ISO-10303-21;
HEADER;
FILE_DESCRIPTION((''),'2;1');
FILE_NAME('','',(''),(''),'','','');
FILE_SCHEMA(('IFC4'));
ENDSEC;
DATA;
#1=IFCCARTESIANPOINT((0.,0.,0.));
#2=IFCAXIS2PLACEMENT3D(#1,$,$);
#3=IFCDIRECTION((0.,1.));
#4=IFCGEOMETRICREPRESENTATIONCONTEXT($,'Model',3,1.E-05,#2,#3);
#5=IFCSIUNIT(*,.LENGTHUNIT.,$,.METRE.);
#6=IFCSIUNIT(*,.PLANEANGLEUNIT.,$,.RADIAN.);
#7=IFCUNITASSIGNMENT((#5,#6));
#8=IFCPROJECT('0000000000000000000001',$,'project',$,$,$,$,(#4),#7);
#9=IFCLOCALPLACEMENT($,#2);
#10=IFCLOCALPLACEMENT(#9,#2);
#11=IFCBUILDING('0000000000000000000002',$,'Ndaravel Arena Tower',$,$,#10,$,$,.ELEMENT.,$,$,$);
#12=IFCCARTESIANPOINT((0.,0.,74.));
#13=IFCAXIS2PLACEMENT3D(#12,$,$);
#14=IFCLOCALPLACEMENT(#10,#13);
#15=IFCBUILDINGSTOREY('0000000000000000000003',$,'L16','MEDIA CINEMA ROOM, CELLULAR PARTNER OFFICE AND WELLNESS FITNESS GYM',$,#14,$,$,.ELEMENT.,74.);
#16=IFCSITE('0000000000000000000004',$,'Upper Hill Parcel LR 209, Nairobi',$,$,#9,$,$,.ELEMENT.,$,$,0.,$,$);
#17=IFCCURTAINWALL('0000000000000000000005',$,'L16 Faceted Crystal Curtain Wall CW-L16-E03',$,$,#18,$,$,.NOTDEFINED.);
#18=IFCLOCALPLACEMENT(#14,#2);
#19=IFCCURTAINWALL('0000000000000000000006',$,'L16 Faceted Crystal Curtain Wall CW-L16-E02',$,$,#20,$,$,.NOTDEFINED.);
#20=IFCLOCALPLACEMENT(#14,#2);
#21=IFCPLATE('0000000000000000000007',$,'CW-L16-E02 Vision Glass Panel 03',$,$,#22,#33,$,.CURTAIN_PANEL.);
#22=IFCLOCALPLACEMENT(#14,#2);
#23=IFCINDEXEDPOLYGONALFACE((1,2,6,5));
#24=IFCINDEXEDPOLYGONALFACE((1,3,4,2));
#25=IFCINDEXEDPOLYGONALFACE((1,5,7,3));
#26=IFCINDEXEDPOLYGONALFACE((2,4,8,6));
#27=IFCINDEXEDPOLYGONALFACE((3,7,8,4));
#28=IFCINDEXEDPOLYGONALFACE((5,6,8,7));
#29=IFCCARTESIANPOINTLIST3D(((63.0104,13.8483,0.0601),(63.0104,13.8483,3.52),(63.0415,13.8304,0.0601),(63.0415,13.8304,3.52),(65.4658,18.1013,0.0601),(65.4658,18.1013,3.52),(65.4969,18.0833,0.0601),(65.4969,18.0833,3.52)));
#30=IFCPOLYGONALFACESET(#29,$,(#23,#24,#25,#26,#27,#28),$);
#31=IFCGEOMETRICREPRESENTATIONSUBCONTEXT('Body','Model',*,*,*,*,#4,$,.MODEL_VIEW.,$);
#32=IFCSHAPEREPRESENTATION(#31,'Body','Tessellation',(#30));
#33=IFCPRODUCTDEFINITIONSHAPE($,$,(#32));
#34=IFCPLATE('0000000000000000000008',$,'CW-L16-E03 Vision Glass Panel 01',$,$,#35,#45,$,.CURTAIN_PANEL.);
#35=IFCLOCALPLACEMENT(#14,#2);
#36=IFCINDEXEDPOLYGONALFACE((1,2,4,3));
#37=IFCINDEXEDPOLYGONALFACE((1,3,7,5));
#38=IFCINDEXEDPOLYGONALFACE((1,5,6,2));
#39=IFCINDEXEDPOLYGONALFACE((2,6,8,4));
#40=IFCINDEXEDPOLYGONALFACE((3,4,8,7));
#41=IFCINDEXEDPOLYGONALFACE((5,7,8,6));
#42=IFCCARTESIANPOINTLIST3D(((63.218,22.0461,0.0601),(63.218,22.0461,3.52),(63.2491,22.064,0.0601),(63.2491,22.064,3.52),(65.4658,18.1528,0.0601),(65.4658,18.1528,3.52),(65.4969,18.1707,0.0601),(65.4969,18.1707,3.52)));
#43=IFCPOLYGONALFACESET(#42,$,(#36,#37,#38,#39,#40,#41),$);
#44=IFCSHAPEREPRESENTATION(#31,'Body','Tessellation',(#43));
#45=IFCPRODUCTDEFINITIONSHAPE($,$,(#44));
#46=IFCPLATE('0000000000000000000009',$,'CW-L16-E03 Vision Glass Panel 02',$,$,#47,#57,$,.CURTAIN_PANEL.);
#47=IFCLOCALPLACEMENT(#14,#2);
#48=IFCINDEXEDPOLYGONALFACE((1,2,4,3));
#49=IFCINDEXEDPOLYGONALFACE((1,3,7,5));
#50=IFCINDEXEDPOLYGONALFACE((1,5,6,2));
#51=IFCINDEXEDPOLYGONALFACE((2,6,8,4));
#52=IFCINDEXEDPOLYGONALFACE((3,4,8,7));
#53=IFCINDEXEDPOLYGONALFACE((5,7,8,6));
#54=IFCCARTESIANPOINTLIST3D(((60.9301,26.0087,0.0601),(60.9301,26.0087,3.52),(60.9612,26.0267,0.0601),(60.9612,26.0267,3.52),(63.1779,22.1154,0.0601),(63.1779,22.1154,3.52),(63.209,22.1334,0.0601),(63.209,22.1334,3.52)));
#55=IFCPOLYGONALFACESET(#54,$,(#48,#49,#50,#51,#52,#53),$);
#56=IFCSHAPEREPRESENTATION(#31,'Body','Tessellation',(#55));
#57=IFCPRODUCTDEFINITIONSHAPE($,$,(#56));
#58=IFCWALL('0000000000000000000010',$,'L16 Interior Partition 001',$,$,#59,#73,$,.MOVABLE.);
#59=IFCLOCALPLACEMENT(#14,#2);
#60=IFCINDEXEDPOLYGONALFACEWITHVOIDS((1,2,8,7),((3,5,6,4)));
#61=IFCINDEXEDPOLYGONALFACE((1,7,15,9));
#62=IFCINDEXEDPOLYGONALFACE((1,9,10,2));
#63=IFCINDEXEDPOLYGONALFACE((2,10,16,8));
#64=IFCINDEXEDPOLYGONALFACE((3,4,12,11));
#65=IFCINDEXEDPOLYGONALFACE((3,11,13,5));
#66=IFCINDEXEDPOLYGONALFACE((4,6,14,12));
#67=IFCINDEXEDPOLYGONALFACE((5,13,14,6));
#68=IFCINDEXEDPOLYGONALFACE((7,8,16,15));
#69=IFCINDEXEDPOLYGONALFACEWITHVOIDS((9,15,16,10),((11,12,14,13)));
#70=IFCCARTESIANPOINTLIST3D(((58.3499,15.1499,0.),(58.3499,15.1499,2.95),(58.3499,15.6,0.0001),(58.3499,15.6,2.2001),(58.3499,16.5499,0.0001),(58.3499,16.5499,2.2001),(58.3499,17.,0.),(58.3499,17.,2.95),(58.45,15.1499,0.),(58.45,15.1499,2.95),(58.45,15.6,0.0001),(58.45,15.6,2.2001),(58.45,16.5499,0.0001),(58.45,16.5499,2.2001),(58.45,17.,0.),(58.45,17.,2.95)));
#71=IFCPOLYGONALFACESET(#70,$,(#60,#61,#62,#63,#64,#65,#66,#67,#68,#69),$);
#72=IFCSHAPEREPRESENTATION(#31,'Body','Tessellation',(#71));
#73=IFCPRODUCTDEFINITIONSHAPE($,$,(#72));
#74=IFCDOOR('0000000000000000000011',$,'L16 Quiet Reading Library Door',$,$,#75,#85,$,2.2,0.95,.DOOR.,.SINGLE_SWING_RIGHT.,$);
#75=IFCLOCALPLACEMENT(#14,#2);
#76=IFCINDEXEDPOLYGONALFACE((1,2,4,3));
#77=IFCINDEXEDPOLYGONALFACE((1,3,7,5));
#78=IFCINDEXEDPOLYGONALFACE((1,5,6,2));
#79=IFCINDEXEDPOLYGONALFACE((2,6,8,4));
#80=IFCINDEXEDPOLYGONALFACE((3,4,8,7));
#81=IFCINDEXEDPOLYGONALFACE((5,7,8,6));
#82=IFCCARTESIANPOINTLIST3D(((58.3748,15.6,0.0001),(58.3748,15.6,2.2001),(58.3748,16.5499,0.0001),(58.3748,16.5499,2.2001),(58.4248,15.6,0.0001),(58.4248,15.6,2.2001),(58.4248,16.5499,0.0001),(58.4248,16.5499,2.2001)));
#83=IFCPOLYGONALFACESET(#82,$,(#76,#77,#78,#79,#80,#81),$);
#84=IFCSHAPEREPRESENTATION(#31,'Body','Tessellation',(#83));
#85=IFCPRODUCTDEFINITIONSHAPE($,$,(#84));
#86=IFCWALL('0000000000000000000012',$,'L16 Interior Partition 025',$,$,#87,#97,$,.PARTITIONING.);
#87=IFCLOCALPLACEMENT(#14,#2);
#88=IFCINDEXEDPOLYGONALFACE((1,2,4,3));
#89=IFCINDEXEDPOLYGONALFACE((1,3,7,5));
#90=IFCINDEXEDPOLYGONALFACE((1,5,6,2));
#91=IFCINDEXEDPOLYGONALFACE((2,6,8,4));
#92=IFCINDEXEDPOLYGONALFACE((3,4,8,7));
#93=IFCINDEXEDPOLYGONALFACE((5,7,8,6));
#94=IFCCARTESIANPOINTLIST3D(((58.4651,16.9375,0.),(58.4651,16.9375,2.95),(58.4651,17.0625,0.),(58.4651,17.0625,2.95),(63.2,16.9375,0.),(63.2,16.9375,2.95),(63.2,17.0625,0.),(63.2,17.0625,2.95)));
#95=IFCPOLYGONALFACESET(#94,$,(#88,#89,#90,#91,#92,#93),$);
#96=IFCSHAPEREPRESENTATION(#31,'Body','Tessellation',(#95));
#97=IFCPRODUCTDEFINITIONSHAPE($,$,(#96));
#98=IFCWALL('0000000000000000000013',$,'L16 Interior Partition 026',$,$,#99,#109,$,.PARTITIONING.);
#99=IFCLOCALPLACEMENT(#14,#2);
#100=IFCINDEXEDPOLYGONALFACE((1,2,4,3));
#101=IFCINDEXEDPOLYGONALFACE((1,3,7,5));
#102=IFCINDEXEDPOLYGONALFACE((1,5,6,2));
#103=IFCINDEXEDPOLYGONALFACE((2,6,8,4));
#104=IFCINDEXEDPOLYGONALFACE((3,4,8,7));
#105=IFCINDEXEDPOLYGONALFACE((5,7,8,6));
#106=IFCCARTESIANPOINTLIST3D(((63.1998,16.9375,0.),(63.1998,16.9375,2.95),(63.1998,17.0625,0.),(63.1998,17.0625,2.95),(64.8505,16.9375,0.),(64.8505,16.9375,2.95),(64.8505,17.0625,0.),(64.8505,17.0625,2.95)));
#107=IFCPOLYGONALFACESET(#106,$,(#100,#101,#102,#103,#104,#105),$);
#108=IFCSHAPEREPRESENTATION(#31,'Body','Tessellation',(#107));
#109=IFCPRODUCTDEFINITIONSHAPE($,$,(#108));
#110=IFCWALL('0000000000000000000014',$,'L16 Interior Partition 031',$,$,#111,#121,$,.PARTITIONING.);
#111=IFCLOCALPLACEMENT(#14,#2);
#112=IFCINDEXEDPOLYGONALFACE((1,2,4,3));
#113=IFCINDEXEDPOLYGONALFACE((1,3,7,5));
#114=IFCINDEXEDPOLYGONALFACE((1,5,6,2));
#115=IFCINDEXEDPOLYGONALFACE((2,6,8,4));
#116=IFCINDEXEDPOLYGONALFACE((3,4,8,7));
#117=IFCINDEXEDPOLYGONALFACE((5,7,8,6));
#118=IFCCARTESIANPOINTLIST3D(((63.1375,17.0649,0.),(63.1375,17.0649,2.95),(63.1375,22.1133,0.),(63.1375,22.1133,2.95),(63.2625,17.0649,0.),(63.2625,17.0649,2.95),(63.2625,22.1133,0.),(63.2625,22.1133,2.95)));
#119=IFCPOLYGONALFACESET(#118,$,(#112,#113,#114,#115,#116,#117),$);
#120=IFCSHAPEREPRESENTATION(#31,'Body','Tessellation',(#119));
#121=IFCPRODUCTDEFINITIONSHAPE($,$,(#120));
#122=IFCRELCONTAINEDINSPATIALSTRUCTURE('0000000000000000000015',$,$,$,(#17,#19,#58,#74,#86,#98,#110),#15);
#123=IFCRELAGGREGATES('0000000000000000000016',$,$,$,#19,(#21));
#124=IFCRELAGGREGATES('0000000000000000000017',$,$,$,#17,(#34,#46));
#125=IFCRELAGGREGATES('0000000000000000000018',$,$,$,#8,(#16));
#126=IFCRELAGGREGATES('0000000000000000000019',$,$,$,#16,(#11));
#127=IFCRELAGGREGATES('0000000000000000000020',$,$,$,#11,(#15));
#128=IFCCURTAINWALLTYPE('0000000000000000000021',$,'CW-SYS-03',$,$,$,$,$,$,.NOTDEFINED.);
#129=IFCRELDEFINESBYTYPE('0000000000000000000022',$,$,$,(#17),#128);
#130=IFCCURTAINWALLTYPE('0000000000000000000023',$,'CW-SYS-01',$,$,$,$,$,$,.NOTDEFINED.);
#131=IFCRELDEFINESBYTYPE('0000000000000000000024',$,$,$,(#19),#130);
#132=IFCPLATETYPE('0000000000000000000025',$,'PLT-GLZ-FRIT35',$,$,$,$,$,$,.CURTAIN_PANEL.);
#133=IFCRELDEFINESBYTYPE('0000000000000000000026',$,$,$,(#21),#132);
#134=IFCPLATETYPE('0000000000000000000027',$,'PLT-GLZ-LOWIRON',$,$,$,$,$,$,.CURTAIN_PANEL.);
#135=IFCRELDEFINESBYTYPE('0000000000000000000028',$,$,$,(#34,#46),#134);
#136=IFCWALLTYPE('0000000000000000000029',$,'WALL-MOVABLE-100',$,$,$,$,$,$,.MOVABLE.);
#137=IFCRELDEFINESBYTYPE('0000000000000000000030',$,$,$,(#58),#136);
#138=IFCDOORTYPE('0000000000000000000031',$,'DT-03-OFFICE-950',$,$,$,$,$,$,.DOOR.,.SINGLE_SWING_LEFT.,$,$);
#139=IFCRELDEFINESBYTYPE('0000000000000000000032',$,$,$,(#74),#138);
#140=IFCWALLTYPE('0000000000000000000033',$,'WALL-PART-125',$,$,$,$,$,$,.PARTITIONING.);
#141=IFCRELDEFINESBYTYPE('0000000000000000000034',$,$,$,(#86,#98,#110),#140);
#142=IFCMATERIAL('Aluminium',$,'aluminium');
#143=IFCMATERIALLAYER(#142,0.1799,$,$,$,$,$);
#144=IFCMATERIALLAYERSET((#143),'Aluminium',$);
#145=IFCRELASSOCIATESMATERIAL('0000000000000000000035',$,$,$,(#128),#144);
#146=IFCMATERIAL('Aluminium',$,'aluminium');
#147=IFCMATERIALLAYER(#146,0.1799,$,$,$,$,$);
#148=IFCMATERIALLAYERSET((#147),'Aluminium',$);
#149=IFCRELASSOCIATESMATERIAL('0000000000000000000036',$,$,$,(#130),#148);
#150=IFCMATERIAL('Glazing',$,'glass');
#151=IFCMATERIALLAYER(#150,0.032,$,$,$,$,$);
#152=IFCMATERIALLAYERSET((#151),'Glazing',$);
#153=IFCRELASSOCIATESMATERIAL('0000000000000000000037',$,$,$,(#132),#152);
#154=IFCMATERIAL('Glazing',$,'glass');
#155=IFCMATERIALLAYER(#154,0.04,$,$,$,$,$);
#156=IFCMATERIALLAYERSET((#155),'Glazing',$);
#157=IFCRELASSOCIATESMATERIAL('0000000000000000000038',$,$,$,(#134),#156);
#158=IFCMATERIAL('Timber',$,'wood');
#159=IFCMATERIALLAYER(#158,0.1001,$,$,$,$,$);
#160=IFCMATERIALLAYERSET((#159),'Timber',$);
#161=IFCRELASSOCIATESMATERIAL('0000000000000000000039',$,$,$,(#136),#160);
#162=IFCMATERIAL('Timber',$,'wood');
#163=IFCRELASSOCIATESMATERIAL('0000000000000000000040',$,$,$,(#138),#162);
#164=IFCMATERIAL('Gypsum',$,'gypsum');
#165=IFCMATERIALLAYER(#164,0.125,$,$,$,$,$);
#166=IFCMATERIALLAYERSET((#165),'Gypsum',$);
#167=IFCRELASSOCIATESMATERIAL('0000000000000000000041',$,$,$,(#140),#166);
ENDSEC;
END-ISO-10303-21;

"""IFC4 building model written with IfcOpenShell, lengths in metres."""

from ifc_helpers import new_model, si_unit, direction, frame, frame_2d, origin, origin_2d, place, context, subcontext, project, spatial, rectangle, extrude, material, layer, layer_set, type_object, element, fill, aggregate, save


model = new_model("IFC4")

# Units and contexts
model_context = context("Model", 3, precision=1e-05, world=origin(), true_north=direction((0.0, 1.0)))
body_context = subcontext(model_context, "Body", "Model", "MODEL_VIEW")
ifc_project = project(units=[si_unit("LENGTHUNIT", "METRE"), si_unit("PLANEANGLEUNIT", "RADIAN")], contexts=[model_context])

# Site, building, storey
site_placement = place(None, origin())
site = spatial("IfcSite", under=ifc_project, at=site_placement, Name="Upper Hill Parcel LR 209, Nairobi", CompositionType="ELEMENT", RefElevation=0.0)
building_placement = place(site_placement, origin())
building = spatial("IfcBuilding", under=site, at=building_placement, Name="Ndaravel Arena Tower", CompositionType="ELEMENT")
storey_placement = place(building_placement, frame((0.0, 0.0, 74.0)))
storey = spatial("IfcBuildingStorey", under=building, at=storey_placement, Name="L16", Description="MEDIA CINEMA ROOM, CELLULAR PARTNER OFFICE AND WELLNESS FITNESS GYM", CompositionType="ELEMENT", Elevation=74.0)

# Curtain wall
ifc_material_1 = material(Name="Aluminium", Category="aluminium")
ifc_layer_1 = layer(ifc_material_1, 0.1799)
ifc_layer_set_1 = layer_set([ifc_layer_1], Name="Aluminium")
curtain_wall_type_1 = type_object("IfcCurtainWallType", Name="CW-SYS-03", PredefinedType="NOTDEFINED", material=ifc_layer_set_1)
curtain_wall_1_placement = place(storey_placement, origin())
curtain_wall_1 = element("IfcCurtainWall", 1, at=curtain_wall_1_placement, inside=storey, type_object=curtain_wall_type_1, Name="L16 Faceted Crystal Curtain Wall CW-L16-E03", PredefinedType="NOTDEFINED")

# Curtain wall, plate
ifc_material_2 = material(Name="Aluminium", Category="aluminium")
ifc_layer_2 = layer(ifc_material_2, 0.1799)
ifc_layer_set_2 = layer_set([ifc_layer_2], Name="Aluminium")
curtain_wall_type_2 = type_object("IfcCurtainWallType", Name="CW-SYS-01", PredefinedType="NOTDEFINED", material=ifc_layer_set_2)
curtain_wall_2_placement = place(storey_placement, origin())
curtain_wall_2 = element("IfcCurtainWall", 2, at=curtain_wall_2_placement, inside=storey, type_object=curtain_wall_type_2, Name="L16 Faceted Crystal Curtain Wall CW-L16-E02", PredefinedType="NOTDEFINED")
ifc_material_3 = material(Name="Glazing", Category="glass")
ifc_layer_3 = layer(ifc_material_3, 0.032)
ifc_layer_set_3 = layer_set([ifc_layer_3], Name="Glazing")
plate_type_1 = type_object("IfcPlateType", Name="PLT-GLZ-FRIT35", PredefinedType="CURTAIN_PANEL", material=ifc_layer_set_3)
plate_1_placement = place(storey_placement, frame((64.2537, 15.9658, 0.0601), z_axis=(0.0, 0.0, 1.0), x_axis=(0.5, 0.866025, 0.0)))
plate_1 = element("IfcPlate", 3, at=plate_1_placement, type_object=plate_type_1, Name="CW-L16-E02 Vision Glass Panel 03", PredefinedType="CURTAIN_PANEL", context=body_context, shape_type="SweptSolid", body=[
    extrude(rectangle(XDim=4.9109, YDim=0.0359, at=origin_2d()), origin(), (0.0, 0.0, 1.0), 3.46),
])
aggregate(curtain_wall_2, [plate_1])

# Plates
ifc_material_4 = material(Name="Glazing", Category="glass")
ifc_layer_4 = layer(ifc_material_4, 0.04)
ifc_layer_set_4 = layer_set([ifc_layer_4], Name="Glazing")
plate_type_2 = type_object("IfcPlateType", Name="PLT-GLZ-LOWIRON", PredefinedType="CURTAIN_PANEL", material=ifc_layer_set_4)
plate_2_placement = place(storey_placement, frame((64.3574, 20.1084, 0.0601), z_axis=(0.0, 0.0, 1.0), x_axis=(-0.5, 0.866025, 0.0)))
plate_2 = element("IfcPlate", 4, at=plate_2_placement, type_object=plate_type_2, Name="CW-L16-E03 Vision Glass Panel 01", PredefinedType="CURTAIN_PANEL", context=body_context, shape_type="SweptSolid", body=[
    extrude(rectangle(XDim=4.4956, YDim=0.0359, at=origin_2d()), origin(), (0.0, 0.0, 1.0), 3.46),
])
plate_3_placement = place(storey_placement, frame((62.0696, 24.071, 0.0601), z_axis=(0.0, 0.0, 1.0), x_axis=(-0.5, 0.866025, 0.0)))
plate_3 = element("IfcPlate", 5, at=plate_3_placement, type_object=plate_type_2, Name="CW-L16-E03 Vision Glass Panel 02", PredefinedType="CURTAIN_PANEL", context=body_context, shape_type="SweptSolid", body=[
    extrude(rectangle(XDim=4.4956, YDim=0.0359, at=origin_2d()), origin(), (0.0, 0.0, 1.0), 3.46),
])
aggregate(curtain_wall_1, [plate_2, plate_3])

# Wall, opening, door
ifc_material_5 = material(Name="Timber", Category="wood")
ifc_layer_5 = layer(ifc_material_5, 0.1001)
ifc_layer_set_5 = layer_set([ifc_layer_5], Name="Timber")
wall_type_1 = type_object("IfcWallType", Name="WALL-MOVABLE-100", PredefinedType="MOVABLE", material=ifc_layer_set_5)
wall_1_placement = place(storey_placement, frame((58.3999, 17.0, 0.0), z_axis=(0.0, 0.0, 1.0), x_axis=(0.0, -1.0, 0.0)))
wall_1 = element("IfcWall", 6, at=wall_1_placement, inside=storey, type_object=wall_type_1, Name="L16 Interior Partition 001", PredefinedType="MOVABLE", context=body_context, shape_type="SweptSolid", body=[
    extrude(rectangle(XDim=1.8501, YDim=0.1001, at=frame_2d((0.925, 0.0))), origin(), (0.0, 0.0, 1.0), 2.95),
])
opening_placement = place(wall_1_placement, frame((0.45, 0.0, 0.0)))
opening = element("IfcOpeningElement", 7, at=opening_placement, cuts=wall_1, PredefinedType="OPENING", context=body_context, shape_type="SweptSolid", body=[
    extrude(rectangle(XDim=0.95, YDim=2.2, at=frame_2d((0.4751, 1.1001))), frame((0.0, 0.05, 0.0), z_axis=(0.0, -1.0, 0.0), x_axis=(1.0, 0.0, 0.0)), (0.0, 0.0, 1.0), 0.1001),
])
ifc_material_6 = material(Name="Timber", Category="wood")
door_type = type_object("IfcDoorType", Name="DT-03-OFFICE-950", OperationType="SINGLE_SWING_LEFT", PredefinedType="DOOR", material=ifc_material_6)
door_placement = place(opening_placement, origin())
door = element("IfcDoor", 8, at=door_placement, inside=storey, type_object=door_type, Name="L16 Quiet Reading Library Door", OperationType="SINGLE_SWING_RIGHT", OverallHeight=2.2, OverallWidth=0.95, PredefinedType="DOOR", context=body_context, shape_type="SweptSolid", body=[
    extrude(rectangle(XDim=0.95, YDim=2.2, at=frame_2d((0.4751, 1.1001))), frame((0.0, 0.0249, 0.0), z_axis=(0.0, -1.0, 0.0), x_axis=(1.0, 0.0, 0.0)), (0.0, 0.0, 1.0), 0.05),
])
fill(opening, door)

# Walls
ifc_material_7 = material(Name="Gypsum", Category="gypsum")
ifc_layer_6 = layer(ifc_material_7, 0.125)
ifc_layer_set_6 = layer_set([ifc_layer_6], Name="Gypsum")
wall_type_2 = type_object("IfcWallType", Name="WALL-PART-125", PredefinedType="PARTITIONING", material=ifc_layer_set_6)
wall_2_placement = place(storey_placement, frame((58.4651, 17.0, 0.0), z_axis=(0.0, 0.0, 1.0), x_axis=(1.0, 0.0, 0.0)))
element("IfcWall", 9, at=wall_2_placement, inside=storey, type_object=wall_type_2, Name="L16 Interior Partition 025", PredefinedType="PARTITIONING", context=body_context, shape_type="SweptSolid", body=[
    extrude(rectangle(XDim=4.7349, YDim=0.125, at=frame_2d((2.3674, 0.0))), origin(), (0.0, 0.0, 1.0), 2.95),
])
wall_3_placement = place(storey_placement, frame((63.2, 17.0, 0.0), z_axis=(0.0, 0.0, 1.0), x_axis=(1.0, 0.0, 0.0)))
element("IfcWall", 10, at=wall_3_placement, inside=storey, type_object=wall_type_2, Name="L16 Interior Partition 026", PredefinedType="PARTITIONING", context=body_context, shape_type="SweptSolid", body=[
    extrude(rectangle(XDim=1.6506, YDim=0.125, at=frame_2d((0.8252, 0.0))), origin(), (0.0, 0.0, 1.0), 2.95),
])
wall_4_placement = place(storey_placement, frame((63.2, 22.1133, 0.0), z_axis=(0.0, 0.0, 1.0), x_axis=(0.0, -1.0, 0.0)))
element("IfcWall", 11, at=wall_4_placement, inside=storey, type_object=wall_type_2, Name="L16 Interior Partition 031", PredefinedType="PARTITIONING", context=body_context, shape_type="SweptSolid", body=[
    extrude(rectangle(XDim=5.0483, YDim=0.125, at=frame_2d((2.5242, 0.0))), origin(), (0.0, 0.0, 1.0), 2.95),
])

save(model, "model.ifc")
